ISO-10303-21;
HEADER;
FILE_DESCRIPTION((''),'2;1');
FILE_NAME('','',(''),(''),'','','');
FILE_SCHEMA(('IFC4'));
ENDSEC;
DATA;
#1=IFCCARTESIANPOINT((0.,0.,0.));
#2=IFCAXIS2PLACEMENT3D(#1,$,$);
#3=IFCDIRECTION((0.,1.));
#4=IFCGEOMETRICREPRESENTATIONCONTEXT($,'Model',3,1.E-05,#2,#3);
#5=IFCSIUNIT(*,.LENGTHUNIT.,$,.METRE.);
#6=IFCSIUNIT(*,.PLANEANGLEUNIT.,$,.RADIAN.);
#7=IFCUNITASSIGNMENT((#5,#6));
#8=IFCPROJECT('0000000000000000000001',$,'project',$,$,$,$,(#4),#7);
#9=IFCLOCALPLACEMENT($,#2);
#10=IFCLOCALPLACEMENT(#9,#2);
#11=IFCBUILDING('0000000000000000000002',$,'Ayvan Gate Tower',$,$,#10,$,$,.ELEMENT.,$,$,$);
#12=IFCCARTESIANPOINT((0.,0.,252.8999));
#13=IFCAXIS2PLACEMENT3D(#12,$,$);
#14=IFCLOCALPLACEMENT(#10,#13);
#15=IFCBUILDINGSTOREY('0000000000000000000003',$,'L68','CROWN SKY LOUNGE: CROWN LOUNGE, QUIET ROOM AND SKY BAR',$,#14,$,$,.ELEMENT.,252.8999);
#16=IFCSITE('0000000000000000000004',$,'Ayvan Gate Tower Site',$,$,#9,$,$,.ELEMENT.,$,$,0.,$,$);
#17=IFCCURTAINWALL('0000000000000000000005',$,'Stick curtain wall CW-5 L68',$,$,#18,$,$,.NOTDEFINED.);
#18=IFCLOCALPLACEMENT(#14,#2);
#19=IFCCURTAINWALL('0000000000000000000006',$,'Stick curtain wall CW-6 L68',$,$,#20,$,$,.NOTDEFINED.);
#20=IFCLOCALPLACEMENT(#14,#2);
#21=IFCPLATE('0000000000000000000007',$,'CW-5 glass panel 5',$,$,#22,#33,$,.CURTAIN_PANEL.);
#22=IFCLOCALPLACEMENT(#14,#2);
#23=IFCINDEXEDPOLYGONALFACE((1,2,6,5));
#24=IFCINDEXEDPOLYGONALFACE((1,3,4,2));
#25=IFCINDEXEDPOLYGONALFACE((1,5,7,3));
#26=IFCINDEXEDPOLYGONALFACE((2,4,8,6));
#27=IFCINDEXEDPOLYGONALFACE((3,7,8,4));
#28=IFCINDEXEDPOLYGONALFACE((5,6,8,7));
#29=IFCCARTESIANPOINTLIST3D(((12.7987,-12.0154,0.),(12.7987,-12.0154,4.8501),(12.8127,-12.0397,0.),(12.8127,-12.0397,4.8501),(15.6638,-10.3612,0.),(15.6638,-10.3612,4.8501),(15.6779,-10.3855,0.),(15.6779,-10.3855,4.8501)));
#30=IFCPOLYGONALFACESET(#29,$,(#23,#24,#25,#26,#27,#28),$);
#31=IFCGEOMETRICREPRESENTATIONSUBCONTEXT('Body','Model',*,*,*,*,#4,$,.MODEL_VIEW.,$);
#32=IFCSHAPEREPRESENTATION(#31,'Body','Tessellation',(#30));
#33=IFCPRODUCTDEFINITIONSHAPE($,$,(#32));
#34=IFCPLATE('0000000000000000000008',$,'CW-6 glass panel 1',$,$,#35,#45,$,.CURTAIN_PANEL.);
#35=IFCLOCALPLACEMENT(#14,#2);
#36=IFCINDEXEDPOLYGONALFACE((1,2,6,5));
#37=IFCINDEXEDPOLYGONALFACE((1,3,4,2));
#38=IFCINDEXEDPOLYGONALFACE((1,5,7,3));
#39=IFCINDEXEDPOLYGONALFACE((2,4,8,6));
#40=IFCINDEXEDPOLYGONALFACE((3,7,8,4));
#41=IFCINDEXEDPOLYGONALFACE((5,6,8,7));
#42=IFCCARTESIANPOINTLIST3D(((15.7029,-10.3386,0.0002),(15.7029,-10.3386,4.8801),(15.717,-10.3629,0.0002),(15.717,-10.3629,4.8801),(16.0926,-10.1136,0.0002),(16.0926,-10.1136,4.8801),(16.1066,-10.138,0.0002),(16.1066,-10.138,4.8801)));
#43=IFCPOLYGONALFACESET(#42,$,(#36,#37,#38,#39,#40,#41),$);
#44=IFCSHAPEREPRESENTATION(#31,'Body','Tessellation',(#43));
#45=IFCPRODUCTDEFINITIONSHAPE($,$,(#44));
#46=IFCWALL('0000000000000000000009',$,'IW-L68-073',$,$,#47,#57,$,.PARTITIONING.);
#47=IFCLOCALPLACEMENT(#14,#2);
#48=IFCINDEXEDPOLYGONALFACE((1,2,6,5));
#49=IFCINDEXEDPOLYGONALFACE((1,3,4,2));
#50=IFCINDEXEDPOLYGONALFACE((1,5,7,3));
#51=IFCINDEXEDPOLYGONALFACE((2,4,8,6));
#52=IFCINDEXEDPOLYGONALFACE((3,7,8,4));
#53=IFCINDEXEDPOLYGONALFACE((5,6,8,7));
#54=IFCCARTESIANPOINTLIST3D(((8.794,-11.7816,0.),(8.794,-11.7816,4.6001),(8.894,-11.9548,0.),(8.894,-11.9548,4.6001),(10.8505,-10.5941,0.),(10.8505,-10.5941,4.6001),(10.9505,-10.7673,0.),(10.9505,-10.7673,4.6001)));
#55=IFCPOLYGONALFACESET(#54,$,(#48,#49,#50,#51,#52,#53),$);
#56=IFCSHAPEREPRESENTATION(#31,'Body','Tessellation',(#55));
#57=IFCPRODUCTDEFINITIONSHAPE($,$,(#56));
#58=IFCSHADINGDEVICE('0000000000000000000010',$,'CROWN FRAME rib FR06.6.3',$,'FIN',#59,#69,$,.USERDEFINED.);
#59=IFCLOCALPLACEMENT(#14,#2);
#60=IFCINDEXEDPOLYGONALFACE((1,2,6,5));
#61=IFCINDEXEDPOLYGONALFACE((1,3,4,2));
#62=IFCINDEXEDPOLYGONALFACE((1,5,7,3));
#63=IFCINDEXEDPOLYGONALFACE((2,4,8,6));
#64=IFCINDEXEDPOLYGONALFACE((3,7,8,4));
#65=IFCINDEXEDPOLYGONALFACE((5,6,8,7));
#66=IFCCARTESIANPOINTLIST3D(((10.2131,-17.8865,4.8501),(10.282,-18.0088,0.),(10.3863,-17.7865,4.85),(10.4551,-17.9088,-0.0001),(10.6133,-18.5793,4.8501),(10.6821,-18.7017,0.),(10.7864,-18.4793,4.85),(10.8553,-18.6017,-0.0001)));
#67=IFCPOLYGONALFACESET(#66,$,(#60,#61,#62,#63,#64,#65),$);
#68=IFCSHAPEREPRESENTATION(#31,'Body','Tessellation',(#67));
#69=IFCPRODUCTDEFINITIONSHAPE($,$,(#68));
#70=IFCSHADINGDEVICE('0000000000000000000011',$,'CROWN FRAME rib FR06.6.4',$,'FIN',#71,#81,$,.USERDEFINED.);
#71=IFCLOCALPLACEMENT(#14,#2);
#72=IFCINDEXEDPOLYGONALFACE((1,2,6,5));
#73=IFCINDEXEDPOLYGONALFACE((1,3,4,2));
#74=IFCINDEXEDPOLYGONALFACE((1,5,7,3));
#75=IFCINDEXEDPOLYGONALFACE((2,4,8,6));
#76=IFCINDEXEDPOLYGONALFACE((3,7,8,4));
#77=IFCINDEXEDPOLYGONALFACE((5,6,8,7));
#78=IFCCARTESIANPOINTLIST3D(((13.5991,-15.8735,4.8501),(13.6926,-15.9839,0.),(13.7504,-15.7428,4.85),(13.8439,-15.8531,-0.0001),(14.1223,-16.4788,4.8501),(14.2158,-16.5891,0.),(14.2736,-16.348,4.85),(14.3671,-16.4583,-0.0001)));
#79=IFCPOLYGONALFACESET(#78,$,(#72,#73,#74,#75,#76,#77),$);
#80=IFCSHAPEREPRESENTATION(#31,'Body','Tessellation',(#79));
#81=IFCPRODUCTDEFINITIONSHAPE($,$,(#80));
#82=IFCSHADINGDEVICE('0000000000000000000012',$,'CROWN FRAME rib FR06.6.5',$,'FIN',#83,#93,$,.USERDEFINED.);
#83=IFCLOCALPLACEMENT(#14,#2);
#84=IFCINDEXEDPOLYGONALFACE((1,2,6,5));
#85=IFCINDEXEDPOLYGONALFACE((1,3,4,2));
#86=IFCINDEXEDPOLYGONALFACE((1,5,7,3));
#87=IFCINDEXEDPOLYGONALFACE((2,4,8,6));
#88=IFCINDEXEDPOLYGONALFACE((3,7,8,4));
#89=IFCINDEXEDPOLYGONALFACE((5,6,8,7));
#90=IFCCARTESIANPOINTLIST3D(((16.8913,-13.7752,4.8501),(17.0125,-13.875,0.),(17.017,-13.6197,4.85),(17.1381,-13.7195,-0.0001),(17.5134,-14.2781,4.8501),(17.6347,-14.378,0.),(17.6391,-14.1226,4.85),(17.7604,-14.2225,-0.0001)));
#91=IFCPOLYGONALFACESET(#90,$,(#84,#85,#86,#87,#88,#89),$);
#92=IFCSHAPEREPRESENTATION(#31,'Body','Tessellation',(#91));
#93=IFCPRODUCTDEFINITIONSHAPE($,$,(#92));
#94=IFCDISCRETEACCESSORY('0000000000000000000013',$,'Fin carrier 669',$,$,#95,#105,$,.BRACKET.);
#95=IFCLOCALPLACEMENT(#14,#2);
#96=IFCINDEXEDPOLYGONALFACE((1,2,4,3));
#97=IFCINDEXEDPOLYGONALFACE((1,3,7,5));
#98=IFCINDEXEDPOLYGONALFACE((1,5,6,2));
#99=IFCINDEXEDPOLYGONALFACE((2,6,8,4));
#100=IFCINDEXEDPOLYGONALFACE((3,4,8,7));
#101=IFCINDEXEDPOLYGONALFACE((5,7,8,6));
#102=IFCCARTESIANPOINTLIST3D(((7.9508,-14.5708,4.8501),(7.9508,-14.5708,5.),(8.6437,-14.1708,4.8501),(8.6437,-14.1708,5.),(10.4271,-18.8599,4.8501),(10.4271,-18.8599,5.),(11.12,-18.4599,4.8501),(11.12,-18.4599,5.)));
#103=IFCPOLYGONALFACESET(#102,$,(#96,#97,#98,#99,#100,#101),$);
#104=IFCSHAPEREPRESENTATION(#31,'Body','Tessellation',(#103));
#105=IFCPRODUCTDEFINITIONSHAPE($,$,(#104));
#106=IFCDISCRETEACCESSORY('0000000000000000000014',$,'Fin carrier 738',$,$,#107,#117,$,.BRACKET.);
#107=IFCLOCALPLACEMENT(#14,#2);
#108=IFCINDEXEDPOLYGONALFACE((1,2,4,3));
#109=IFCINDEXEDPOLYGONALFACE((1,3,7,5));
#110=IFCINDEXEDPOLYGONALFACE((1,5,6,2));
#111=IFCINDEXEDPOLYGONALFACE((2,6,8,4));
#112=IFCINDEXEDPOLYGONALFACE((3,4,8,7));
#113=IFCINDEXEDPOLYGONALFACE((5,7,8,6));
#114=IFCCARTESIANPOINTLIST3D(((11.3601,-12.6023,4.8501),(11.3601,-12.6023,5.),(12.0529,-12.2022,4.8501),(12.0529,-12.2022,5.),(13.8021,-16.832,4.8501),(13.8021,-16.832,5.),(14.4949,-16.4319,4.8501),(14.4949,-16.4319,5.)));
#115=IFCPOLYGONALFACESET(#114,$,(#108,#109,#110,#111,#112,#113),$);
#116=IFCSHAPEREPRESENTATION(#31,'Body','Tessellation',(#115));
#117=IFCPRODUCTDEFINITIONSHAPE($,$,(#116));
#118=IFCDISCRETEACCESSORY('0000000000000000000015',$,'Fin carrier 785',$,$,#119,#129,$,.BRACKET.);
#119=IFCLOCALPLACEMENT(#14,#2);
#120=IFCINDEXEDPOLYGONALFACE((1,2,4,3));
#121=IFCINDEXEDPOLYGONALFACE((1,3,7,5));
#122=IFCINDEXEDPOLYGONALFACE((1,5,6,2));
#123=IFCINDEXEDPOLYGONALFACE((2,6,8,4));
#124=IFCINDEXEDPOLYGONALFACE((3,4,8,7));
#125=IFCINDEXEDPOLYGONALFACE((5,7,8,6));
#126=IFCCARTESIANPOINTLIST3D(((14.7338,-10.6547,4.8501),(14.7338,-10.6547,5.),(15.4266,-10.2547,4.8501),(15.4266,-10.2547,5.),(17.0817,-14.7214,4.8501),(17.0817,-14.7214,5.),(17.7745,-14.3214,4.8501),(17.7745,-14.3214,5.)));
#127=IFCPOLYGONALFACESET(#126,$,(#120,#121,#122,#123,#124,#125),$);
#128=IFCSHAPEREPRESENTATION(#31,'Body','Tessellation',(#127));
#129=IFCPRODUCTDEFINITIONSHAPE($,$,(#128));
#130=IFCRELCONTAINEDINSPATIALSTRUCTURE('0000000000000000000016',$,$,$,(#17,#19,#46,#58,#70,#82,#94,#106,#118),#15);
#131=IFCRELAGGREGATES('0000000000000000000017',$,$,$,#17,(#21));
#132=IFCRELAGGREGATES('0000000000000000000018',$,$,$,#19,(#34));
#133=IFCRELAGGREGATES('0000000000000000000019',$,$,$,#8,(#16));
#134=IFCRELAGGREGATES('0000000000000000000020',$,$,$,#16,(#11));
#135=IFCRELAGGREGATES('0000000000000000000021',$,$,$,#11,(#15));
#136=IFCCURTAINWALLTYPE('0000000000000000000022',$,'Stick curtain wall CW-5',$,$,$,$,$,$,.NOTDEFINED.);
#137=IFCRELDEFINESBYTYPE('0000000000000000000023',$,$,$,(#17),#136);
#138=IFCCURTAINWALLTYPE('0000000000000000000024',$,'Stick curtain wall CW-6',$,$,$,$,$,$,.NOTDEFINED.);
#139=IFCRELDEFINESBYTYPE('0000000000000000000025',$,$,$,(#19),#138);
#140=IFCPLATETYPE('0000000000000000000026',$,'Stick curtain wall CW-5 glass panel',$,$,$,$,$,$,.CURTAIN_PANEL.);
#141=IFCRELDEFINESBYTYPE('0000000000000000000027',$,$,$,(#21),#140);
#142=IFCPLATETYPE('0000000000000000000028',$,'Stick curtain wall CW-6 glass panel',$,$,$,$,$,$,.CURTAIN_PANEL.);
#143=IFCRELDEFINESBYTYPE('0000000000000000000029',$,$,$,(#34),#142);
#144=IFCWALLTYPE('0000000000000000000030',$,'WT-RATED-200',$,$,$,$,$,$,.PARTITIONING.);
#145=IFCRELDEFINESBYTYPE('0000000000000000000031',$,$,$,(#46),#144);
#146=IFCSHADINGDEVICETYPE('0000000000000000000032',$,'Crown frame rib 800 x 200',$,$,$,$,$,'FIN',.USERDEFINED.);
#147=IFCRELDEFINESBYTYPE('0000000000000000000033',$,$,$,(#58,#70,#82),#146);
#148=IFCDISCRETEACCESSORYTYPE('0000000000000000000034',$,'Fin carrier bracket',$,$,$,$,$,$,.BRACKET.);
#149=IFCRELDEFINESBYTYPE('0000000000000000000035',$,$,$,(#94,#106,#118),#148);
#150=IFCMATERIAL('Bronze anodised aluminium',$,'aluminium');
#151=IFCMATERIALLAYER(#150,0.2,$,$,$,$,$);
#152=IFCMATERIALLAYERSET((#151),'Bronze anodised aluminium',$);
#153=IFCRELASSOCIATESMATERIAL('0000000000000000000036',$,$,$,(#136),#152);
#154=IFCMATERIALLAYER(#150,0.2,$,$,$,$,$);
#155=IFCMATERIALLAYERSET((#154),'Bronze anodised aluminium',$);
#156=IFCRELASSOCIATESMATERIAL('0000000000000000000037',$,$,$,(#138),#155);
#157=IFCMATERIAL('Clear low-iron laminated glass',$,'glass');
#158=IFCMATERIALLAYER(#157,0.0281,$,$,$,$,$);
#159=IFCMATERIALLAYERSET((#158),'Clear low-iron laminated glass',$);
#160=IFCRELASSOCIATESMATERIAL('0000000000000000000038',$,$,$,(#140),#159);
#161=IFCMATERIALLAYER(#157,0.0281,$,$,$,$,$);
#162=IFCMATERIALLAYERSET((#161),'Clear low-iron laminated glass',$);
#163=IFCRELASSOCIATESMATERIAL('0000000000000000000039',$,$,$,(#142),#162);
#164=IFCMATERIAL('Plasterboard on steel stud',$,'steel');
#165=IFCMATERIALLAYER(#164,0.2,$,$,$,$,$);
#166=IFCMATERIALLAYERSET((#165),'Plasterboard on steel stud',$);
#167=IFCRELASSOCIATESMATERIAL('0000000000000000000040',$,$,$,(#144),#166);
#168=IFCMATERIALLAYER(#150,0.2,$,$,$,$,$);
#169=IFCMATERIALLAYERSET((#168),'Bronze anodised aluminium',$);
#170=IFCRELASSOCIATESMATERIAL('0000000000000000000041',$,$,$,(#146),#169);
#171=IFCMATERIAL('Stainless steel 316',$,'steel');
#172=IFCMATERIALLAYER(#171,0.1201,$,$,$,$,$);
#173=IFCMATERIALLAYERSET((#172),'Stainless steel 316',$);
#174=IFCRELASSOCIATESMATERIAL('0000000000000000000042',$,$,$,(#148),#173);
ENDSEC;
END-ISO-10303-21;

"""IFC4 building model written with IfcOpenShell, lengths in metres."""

from ifc_helpers import new_model, si_unit, direction, frame, frame_2d, origin, origin_2d, place, context, subcontext, project, spatial, polyline, rectangle, outline, extrude, material, layer, layer_set, type_object, element, aggregate, save


model = new_model("IFC4")

# Units and contexts
model_context = context("Model", 3, precision=1e-05, world=origin(), true_north=direction((0.0, 1.0)))
body_context = subcontext(model_context, "Body", "Model", "MODEL_VIEW")
ifc_project = project(units=[si_unit("LENGTHUNIT", "METRE"), si_unit("PLANEANGLEUNIT", "RADIAN")], contexts=[model_context])

# Site, building, storey
site_placement = place(None, origin())
site = spatial("IfcSite", under=ifc_project, at=site_placement, Name="Ayvan Gate Tower Site", CompositionType="ELEMENT", RefElevation=0.0)
building_placement = place(site_placement, origin())
building = spatial("IfcBuilding", under=site, at=building_placement, Name="Ayvan Gate Tower", CompositionType="ELEMENT")
storey_placement = place(building_placement, frame((0.0, 0.0, 252.8999)))
storey = spatial("IfcBuildingStorey", under=building, at=storey_placement, Name="L68", Description="CROWN SKY LOUNGE: CROWN LOUNGE, QUIET ROOM AND SKY BAR", CompositionType="ELEMENT", Elevation=252.8999)

# Curtain walls
ifc_material_1 = material(Name="Bronze anodised aluminium", Category="aluminium")
ifc_layer_1 = layer(ifc_material_1, 0.2)
ifc_layer_set_1 = layer_set([ifc_layer_1], Name="Bronze anodised aluminium")
curtain_wall_type_1 = type_object("IfcCurtainWallType", Name="Stick curtain wall CW-5", PredefinedType="NOTDEFINED", material=ifc_layer_set_1)
curtain_wall_1_placement = place(storey_placement, origin())
curtain_wall_1 = element("IfcCurtainWall", 1, at=curtain_wall_1_placement, inside=storey, type_object=curtain_wall_type_1, Name="Stick curtain wall CW-5 L68", PredefinedType="NOTDEFINED")
ifc_layer_2 = layer(ifc_material_1, 0.2)
ifc_layer_set_2 = layer_set([ifc_layer_2], Name="Bronze anodised aluminium")
curtain_wall_type_2 = type_object("IfcCurtainWallType", Name="Stick curtain wall CW-6", PredefinedType="NOTDEFINED", material=ifc_layer_set_2)
curtain_wall_2_placement = place(storey_placement, origin())
curtain_wall_2 = element("IfcCurtainWall", 2, at=curtain_wall_2_placement, inside=storey, type_object=curtain_wall_type_2, Name="Stick curtain wall CW-6 L68", PredefinedType="NOTDEFINED")

# Plates
ifc_material_2 = material(Name="Clear low-iron laminated glass", Category="glass")
ifc_layer_3 = layer(ifc_material_2, 0.0281)
ifc_layer_set_3 = layer_set([ifc_layer_3], Name="Clear low-iron laminated glass")
plate_type_1 = type_object("IfcPlateType", Name="Stick curtain wall CW-5 glass panel", PredefinedType="CURTAIN_PANEL", material=ifc_layer_set_3)
plate_1_placement = place(storey_placement, frame((14.2383, -11.2004, 0.0), z_axis=(0.0, 0.0, 1.0), x_axis=(0.866025, 0.5, 0.0)))
plate_1 = element("IfcPlate", 3, at=plate_1_placement, type_object=plate_type_1, Name="CW-5 glass panel 5", PredefinedType="CURTAIN_PANEL", context=body_context, shape_type="SweptSolid", body=[
    extrude(rectangle(XDim=3.3083, YDim=0.0281, at=origin_2d()), origin(), (0.0, 0.0, 1.0), 4.8501),
])
aggregate(curtain_wall_1, [plate_1])
ifc_layer_4 = layer(ifc_material_2, 0.0281)
ifc_layer_set_4 = layer_set([ifc_layer_4], Name="Clear low-iron laminated glass")
plate_type_2 = type_object("IfcPlateType", Name="Stick curtain wall CW-6 glass panel", PredefinedType="CURTAIN_PANEL", material=ifc_layer_set_4)
plate_2_placement = place(storey_placement, frame((15.9048, -10.2383, 0.0002), z_axis=(0.0, 0.0, 1.0), x_axis=(0.866025, 0.5, 0.0)))
plate_2 = element("IfcPlate", 4, at=plate_2_placement, type_object=plate_type_2, Name="CW-6 glass panel 1", PredefinedType="CURTAIN_PANEL", context=body_context, shape_type="SweptSolid", body=[
    extrude(rectangle(XDim=0.45, YDim=0.0281, at=origin_2d()), origin(), (0.0, 0.0, 1.0), 4.8799),
])
aggregate(curtain_wall_2, [plate_2])

# Wall
ifc_material_3 = material(Name="Plasterboard on steel stud", Category="steel")
ifc_layer_5 = layer(ifc_material_3, 0.2)
ifc_layer_set_5 = layer_set([ifc_layer_5], Name="Plasterboard on steel stud")
wall_type = type_object("IfcWallType", Name="WT-RATED-200", PredefinedType="PARTITIONING", material=ifc_layer_set_5)
wall_placement = place(storey_placement, frame((10.9006, -10.6807, 0.0), z_axis=(0.0, 0.0, 1.0), x_axis=(-0.866008, -0.500031, 0.0)))
element("IfcWall", 5, at=wall_placement, inside=storey, type_object=wall_type, Name="IW-L68-073", PredefinedType="PARTITIONING", context=body_context, shape_type="SweptSolid", body=[
    extrude(rectangle(XDim=2.3748, YDim=0.2, at=frame_2d((1.1875, 0.0))), origin(), (0.0, 0.0, 1.0), 4.6001),
])

# Shading devices
ifc_layer_6 = layer(ifc_material_1, 0.2)
ifc_layer_set_6 = layer_set([ifc_layer_6], Name="Bronze anodised aluminium")
shading_device_type = type_object("IfcShadingDeviceType", Name="Crown frame rib 800 x 200", ElementType="FIN", PredefinedType="USERDEFINED", material=ifc_layer_set_6)
shading_device_1_placement = place(storey_placement, frame((10.282, -18.0088, 0.0), z_axis=(-0.865962, -0.50011, 0.00032), x_axis=(0.50011, -0.865962, 0.0)))
element("IfcShadingDevice", 6, at=shading_device_1_placement, inside=storey, type_object=shading_device_type, Name="CROWN FRAME rib FR06.6.3", ObjectType="FIN", PredefinedType="USERDEFINED", context=body_context, shape_type="SweptSolid", body=[
    extrude(outline(polyline([(0.0, 0.0), (0.8001, 0.0), (0.6598, 4.8501), (-0.1404, 4.8501), (0.0, 0.0)])), origin(), (0.0, 0.0, -1.0), 0.2),
])
shading_device_2_placement = place(storey_placement, frame((13.6926, -15.9839, 0.0), z_axis=(-0.756514, -0.653977, 0.000295), x_axis=(0.653977, -0.756514, 0.0)))
element("IfcShadingDevice", 7, at=shading_device_2_placement, inside=storey, type_object=shading_device_type, Name="CROWN FRAME rib FR06.6.4", ObjectType="FIN", PredefinedType="USERDEFINED", context=body_context, shape_type="SweptSolid", body=[
    extrude(outline(polyline([(0.0, 0.0), (0.8, 0.0), (0.6554, 4.8501), (-0.1446, 4.8501), (0.0, 0.0)])), origin(), (0.0, 0.0, -1.0), 0.2),
])
shading_device_3_placement = place(storey_placement, frame((17.0125, -13.875, 0.0), z_axis=(-0.628632, -0.777703, 0.0003), x_axis=(0.777703, -0.628632, 0.0)))
element("IfcShadingDevice", 8, at=shading_device_3_placement, inside=storey, type_object=shading_device_type, Name="CROWN FRAME rib FR06.6.5", ObjectType="FIN", PredefinedType="USERDEFINED", context=body_context, shape_type="SweptSolid", body=[
    extrude(outline(polyline([(0.0, 0.0), (0.8001, 0.0), (0.643, 4.8501), (-0.1569, 4.8501), (0.0, 0.0)])), origin(), (0.0, 0.0, -1.0), 0.2),
])

# Discrete accessories
ifc_material_4 = material(Name="Stainless steel 316", Category="steel")
ifc_layer_7 = layer(ifc_material_4, 0.1201)
ifc_layer_set_7 = layer_set([ifc_layer_7], Name="Stainless steel 316")
discrete_accessory_type = type_object("IfcDiscreteAccessoryType", Name="Fin carrier bracket", PredefinedType="BRACKET", material=ifc_layer_set_7)
discrete_accessory_1_placement = place(storey_placement, frame((9.5354, -16.5154, 4.8501), z_axis=(0.0, 0.0, 1.0), x_axis=(0.866025, 0.5, 0.0)))
element("IfcDiscreteAccessory", 9, at=discrete_accessory_1_placement, inside=storey, type_object=discrete_accessory_type, Name="Fin carrier 669", PredefinedType="BRACKET", context=body_context, shape_type="SweptSolid", body=[
    extrude(rectangle(XDim=0.8, YDim=4.9526, at=origin_2d()), origin(), (0.0, 0.0, 1.0), 0.1499),
])
discrete_accessory_2_placement = place(storey_placement, frame((12.9275, -14.5171, 4.8501), z_axis=(0.0, 0.0, 1.0), x_axis=(0.866025, 0.5, 0.0)))
element("IfcDiscreteAccessory", 10, at=discrete_accessory_2_placement, inside=storey, type_object=discrete_accessory_type, Name="Fin carrier 738", PredefinedType="BRACKET", context=body_context, shape_type="SweptSolid", body=[
    extrude(rectangle(XDim=0.8, YDim=4.884, at=origin_2d()), origin(), (0.0, 0.0, 1.0), 0.1499),
])
discrete_accessory_3_placement = place(storey_placement, frame((16.2542, -12.488, 4.8501), z_axis=(0.0, 0.0, 1.0), x_axis=(0.866025, 0.5, 0.0)))
element("IfcDiscreteAccessory", 11, at=discrete_accessory_3_placement, inside=storey, type_object=discrete_accessory_type, Name="Fin carrier 785", PredefinedType="BRACKET", context=body_context, shape_type="SweptSolid", body=[
    extrude(rectangle(XDim=0.8, YDim=4.6958, at=origin_2d()), origin(), (0.0, 0.0, 1.0), 0.1499),
])

save(model, "model.ifc")
